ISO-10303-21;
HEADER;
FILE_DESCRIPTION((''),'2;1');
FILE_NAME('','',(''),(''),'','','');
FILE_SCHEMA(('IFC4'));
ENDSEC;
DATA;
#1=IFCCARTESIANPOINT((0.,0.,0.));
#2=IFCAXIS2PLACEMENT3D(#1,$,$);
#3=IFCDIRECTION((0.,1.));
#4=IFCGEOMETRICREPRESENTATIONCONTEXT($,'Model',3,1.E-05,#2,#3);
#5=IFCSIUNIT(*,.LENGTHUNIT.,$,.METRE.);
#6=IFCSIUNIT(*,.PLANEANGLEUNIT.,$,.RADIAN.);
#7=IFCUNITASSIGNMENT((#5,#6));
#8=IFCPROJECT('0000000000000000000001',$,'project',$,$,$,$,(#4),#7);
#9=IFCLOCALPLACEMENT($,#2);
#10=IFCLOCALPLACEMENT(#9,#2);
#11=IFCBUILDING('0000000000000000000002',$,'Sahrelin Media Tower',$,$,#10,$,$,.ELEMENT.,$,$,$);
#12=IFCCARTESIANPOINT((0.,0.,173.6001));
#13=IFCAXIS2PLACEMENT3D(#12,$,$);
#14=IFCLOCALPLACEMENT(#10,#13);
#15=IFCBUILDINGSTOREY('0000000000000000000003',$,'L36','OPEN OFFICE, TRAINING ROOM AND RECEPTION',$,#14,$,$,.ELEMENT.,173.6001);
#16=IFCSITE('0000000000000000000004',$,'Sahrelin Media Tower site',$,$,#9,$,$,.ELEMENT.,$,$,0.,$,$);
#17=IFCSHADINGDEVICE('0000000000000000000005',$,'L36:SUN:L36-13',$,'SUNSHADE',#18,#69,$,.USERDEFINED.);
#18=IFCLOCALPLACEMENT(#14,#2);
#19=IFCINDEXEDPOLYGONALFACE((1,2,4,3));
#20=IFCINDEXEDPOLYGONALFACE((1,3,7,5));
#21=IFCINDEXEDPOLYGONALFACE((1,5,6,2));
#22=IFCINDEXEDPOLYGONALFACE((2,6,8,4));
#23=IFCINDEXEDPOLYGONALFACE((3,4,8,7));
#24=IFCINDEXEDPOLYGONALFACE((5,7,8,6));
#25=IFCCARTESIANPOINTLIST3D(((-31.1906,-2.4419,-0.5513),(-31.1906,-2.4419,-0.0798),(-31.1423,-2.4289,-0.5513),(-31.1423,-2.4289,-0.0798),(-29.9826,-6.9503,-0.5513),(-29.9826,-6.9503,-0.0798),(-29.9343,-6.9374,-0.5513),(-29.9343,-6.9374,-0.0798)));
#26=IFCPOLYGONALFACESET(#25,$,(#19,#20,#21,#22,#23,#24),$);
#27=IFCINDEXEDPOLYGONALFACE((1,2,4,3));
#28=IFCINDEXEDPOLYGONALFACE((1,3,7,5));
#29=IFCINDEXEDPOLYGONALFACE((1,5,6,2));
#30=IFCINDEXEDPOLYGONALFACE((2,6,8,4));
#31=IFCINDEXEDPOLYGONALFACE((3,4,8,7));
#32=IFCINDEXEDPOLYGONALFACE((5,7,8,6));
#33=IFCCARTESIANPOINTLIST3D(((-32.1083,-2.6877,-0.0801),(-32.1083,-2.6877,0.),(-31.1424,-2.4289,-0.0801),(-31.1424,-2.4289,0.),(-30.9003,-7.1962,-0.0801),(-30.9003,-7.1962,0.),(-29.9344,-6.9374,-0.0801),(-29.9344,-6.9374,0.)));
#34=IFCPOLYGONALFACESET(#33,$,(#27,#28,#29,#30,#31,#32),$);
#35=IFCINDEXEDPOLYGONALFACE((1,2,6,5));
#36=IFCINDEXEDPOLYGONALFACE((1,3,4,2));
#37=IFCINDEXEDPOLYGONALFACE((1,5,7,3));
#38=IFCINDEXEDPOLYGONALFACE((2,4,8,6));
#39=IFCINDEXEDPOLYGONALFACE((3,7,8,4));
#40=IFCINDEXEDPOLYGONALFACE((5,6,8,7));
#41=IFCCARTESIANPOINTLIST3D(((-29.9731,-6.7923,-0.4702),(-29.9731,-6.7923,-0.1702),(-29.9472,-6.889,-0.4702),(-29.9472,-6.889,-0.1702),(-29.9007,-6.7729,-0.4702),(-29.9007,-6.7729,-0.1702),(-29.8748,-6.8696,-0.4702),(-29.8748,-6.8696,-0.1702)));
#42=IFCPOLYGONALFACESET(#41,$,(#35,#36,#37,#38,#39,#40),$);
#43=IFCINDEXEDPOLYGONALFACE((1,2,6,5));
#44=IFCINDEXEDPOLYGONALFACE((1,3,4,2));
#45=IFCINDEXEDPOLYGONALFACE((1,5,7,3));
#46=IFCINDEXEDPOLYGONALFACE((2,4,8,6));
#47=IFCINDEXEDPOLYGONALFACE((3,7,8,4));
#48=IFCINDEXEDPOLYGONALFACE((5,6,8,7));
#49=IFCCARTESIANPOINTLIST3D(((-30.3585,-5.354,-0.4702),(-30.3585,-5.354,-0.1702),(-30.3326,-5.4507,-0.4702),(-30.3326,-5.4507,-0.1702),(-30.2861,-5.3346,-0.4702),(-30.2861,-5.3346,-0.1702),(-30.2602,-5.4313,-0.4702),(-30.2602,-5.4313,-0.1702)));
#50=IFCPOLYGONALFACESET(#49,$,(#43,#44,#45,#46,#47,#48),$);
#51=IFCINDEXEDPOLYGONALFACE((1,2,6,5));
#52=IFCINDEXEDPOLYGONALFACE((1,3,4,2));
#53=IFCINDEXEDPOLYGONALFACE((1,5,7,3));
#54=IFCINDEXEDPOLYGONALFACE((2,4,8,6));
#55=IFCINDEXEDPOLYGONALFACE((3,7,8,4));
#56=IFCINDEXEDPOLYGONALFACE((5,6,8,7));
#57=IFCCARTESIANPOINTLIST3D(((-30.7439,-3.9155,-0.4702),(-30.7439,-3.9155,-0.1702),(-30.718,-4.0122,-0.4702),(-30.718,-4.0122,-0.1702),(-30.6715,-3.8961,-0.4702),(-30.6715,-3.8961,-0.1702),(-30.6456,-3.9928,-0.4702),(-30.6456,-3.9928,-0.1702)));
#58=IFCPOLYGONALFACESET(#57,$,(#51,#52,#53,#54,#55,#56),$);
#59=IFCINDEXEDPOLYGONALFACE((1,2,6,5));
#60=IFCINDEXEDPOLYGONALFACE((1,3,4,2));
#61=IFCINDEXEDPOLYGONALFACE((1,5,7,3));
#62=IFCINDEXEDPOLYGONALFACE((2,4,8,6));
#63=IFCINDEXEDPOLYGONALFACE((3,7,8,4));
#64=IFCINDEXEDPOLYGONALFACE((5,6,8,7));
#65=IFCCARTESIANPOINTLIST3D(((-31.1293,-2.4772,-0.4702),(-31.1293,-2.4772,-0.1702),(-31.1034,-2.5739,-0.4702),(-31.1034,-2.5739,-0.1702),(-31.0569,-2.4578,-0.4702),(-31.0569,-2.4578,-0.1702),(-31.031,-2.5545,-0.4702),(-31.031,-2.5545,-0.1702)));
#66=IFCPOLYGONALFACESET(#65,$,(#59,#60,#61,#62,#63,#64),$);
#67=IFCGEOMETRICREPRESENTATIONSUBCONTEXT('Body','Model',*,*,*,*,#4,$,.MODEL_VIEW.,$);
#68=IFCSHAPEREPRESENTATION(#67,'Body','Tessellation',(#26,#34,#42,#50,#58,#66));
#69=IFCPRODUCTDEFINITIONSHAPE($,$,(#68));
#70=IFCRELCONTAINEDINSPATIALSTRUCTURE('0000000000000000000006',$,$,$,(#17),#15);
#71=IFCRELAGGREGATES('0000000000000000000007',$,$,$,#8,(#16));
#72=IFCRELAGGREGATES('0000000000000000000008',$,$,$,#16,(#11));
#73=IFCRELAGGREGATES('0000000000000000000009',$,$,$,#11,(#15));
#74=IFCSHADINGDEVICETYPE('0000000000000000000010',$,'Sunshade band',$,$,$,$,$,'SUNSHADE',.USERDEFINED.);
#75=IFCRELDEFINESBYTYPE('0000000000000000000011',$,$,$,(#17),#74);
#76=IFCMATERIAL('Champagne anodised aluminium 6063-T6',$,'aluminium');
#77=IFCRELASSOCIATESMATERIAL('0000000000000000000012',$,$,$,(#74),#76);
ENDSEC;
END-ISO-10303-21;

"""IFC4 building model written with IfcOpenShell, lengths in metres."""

from ifc_helpers import new_model, si_unit, direction, frame, origin, origin_2d, place, context, subcontext, project, spatial, rectangle, extrude, material, type_object, element, save


model = new_model("IFC4")

# Units and contexts
model_context = context("Model", 3, precision=1e-05, world=origin(), true_north=direction((0.0, 1.0)))
body_context = subcontext(model_context, "Body", "Model", "MODEL_VIEW")
ifc_project = project(units=[si_unit("LENGTHUNIT", "METRE"), si_unit("PLANEANGLEUNIT", "RADIAN")], contexts=[model_context])

# Site, building, storey
site_placement = place(None, origin())
site = spatial("IfcSite", under=ifc_project, at=site_placement, Name="Sahrelin Media Tower site", CompositionType="ELEMENT", RefElevation=0.0)
building_placement = place(site_placement, origin())
building = spatial("IfcBuilding", under=site, at=building_placement, Name="Sahrelin Media Tower", CompositionType="ELEMENT")
storey_placement = place(building_placement, frame((0.0, 0.0, 173.6001)))
storey = spatial("IfcBuildingStorey", under=building, at=storey_placement, Name="L36", Description="OPEN OFFICE, TRAINING ROOM AND RECEPTION", CompositionType="ELEMENT", Elevation=173.6001)

# Shared definitions
ifc_material_1 = material(Name="Champagne anodised aluminium 6063-T6", Category="aluminium")

# Shading device
placement = place(storey_placement, frame((-30.519, -4.678, 0.0), z_axis=(0.0, 0.0, 1.0), x_axis=(-0.258808, 0.965929, 0.0)))
shading_device_type_1 = type_object("IfcShadingDeviceType", Name="Sunshade band", ElementType="SUNSHADE", PredefinedType="USERDEFINED", material=ifc_material_1)
element("IfcShadingDevice", 1, at=placement, inside=storey, type_object=shading_device_type_1, Name="L36:SUN:L36-13", ObjectType="SUNSHADE", PredefinedType="USERDEFINED", context=body_context, shape_type="SweptSolid", body=[
    extrude(rectangle(XDim=4.6675, YDim=0.05, at=origin_2d()), frame((0.0, 0.0449, -0.5513)), (0.0, 0.0, 1.0), 0.4714),
    extrude(rectangle(XDim=4.6675, YDim=1.0, at=origin_2d()), frame((0.0, 0.52, -0.0801)), (0.0, 0.0, 1.0), 0.0801),
    extrude(rectangle(XDim=0.1001, YDim=0.075, at=origin_2d()), frame((-2.2336, -0.0176, -0.4702)), (0.0, 0.0, 1.0), 0.3),
    extrude(rectangle(XDim=0.1001, YDim=0.075, at=origin_2d()), frame((-0.7446, -0.0176, -0.4702)), (0.0, 0.0, 1.0), 0.3),
    extrude(rectangle(XDim=0.1001, YDim=0.075, at=origin_2d()), frame((0.7446, -0.0176, -0.4702)), (0.0, 0.0, 1.0), 0.3),
    extrude(rectangle(XDim=0.1001, YDim=0.075, at=origin_2d()), frame((2.2336, -0.0176, -0.4702)), (0.0, 0.0, 1.0), 0.3),
])

save(model, "model.ifc")
